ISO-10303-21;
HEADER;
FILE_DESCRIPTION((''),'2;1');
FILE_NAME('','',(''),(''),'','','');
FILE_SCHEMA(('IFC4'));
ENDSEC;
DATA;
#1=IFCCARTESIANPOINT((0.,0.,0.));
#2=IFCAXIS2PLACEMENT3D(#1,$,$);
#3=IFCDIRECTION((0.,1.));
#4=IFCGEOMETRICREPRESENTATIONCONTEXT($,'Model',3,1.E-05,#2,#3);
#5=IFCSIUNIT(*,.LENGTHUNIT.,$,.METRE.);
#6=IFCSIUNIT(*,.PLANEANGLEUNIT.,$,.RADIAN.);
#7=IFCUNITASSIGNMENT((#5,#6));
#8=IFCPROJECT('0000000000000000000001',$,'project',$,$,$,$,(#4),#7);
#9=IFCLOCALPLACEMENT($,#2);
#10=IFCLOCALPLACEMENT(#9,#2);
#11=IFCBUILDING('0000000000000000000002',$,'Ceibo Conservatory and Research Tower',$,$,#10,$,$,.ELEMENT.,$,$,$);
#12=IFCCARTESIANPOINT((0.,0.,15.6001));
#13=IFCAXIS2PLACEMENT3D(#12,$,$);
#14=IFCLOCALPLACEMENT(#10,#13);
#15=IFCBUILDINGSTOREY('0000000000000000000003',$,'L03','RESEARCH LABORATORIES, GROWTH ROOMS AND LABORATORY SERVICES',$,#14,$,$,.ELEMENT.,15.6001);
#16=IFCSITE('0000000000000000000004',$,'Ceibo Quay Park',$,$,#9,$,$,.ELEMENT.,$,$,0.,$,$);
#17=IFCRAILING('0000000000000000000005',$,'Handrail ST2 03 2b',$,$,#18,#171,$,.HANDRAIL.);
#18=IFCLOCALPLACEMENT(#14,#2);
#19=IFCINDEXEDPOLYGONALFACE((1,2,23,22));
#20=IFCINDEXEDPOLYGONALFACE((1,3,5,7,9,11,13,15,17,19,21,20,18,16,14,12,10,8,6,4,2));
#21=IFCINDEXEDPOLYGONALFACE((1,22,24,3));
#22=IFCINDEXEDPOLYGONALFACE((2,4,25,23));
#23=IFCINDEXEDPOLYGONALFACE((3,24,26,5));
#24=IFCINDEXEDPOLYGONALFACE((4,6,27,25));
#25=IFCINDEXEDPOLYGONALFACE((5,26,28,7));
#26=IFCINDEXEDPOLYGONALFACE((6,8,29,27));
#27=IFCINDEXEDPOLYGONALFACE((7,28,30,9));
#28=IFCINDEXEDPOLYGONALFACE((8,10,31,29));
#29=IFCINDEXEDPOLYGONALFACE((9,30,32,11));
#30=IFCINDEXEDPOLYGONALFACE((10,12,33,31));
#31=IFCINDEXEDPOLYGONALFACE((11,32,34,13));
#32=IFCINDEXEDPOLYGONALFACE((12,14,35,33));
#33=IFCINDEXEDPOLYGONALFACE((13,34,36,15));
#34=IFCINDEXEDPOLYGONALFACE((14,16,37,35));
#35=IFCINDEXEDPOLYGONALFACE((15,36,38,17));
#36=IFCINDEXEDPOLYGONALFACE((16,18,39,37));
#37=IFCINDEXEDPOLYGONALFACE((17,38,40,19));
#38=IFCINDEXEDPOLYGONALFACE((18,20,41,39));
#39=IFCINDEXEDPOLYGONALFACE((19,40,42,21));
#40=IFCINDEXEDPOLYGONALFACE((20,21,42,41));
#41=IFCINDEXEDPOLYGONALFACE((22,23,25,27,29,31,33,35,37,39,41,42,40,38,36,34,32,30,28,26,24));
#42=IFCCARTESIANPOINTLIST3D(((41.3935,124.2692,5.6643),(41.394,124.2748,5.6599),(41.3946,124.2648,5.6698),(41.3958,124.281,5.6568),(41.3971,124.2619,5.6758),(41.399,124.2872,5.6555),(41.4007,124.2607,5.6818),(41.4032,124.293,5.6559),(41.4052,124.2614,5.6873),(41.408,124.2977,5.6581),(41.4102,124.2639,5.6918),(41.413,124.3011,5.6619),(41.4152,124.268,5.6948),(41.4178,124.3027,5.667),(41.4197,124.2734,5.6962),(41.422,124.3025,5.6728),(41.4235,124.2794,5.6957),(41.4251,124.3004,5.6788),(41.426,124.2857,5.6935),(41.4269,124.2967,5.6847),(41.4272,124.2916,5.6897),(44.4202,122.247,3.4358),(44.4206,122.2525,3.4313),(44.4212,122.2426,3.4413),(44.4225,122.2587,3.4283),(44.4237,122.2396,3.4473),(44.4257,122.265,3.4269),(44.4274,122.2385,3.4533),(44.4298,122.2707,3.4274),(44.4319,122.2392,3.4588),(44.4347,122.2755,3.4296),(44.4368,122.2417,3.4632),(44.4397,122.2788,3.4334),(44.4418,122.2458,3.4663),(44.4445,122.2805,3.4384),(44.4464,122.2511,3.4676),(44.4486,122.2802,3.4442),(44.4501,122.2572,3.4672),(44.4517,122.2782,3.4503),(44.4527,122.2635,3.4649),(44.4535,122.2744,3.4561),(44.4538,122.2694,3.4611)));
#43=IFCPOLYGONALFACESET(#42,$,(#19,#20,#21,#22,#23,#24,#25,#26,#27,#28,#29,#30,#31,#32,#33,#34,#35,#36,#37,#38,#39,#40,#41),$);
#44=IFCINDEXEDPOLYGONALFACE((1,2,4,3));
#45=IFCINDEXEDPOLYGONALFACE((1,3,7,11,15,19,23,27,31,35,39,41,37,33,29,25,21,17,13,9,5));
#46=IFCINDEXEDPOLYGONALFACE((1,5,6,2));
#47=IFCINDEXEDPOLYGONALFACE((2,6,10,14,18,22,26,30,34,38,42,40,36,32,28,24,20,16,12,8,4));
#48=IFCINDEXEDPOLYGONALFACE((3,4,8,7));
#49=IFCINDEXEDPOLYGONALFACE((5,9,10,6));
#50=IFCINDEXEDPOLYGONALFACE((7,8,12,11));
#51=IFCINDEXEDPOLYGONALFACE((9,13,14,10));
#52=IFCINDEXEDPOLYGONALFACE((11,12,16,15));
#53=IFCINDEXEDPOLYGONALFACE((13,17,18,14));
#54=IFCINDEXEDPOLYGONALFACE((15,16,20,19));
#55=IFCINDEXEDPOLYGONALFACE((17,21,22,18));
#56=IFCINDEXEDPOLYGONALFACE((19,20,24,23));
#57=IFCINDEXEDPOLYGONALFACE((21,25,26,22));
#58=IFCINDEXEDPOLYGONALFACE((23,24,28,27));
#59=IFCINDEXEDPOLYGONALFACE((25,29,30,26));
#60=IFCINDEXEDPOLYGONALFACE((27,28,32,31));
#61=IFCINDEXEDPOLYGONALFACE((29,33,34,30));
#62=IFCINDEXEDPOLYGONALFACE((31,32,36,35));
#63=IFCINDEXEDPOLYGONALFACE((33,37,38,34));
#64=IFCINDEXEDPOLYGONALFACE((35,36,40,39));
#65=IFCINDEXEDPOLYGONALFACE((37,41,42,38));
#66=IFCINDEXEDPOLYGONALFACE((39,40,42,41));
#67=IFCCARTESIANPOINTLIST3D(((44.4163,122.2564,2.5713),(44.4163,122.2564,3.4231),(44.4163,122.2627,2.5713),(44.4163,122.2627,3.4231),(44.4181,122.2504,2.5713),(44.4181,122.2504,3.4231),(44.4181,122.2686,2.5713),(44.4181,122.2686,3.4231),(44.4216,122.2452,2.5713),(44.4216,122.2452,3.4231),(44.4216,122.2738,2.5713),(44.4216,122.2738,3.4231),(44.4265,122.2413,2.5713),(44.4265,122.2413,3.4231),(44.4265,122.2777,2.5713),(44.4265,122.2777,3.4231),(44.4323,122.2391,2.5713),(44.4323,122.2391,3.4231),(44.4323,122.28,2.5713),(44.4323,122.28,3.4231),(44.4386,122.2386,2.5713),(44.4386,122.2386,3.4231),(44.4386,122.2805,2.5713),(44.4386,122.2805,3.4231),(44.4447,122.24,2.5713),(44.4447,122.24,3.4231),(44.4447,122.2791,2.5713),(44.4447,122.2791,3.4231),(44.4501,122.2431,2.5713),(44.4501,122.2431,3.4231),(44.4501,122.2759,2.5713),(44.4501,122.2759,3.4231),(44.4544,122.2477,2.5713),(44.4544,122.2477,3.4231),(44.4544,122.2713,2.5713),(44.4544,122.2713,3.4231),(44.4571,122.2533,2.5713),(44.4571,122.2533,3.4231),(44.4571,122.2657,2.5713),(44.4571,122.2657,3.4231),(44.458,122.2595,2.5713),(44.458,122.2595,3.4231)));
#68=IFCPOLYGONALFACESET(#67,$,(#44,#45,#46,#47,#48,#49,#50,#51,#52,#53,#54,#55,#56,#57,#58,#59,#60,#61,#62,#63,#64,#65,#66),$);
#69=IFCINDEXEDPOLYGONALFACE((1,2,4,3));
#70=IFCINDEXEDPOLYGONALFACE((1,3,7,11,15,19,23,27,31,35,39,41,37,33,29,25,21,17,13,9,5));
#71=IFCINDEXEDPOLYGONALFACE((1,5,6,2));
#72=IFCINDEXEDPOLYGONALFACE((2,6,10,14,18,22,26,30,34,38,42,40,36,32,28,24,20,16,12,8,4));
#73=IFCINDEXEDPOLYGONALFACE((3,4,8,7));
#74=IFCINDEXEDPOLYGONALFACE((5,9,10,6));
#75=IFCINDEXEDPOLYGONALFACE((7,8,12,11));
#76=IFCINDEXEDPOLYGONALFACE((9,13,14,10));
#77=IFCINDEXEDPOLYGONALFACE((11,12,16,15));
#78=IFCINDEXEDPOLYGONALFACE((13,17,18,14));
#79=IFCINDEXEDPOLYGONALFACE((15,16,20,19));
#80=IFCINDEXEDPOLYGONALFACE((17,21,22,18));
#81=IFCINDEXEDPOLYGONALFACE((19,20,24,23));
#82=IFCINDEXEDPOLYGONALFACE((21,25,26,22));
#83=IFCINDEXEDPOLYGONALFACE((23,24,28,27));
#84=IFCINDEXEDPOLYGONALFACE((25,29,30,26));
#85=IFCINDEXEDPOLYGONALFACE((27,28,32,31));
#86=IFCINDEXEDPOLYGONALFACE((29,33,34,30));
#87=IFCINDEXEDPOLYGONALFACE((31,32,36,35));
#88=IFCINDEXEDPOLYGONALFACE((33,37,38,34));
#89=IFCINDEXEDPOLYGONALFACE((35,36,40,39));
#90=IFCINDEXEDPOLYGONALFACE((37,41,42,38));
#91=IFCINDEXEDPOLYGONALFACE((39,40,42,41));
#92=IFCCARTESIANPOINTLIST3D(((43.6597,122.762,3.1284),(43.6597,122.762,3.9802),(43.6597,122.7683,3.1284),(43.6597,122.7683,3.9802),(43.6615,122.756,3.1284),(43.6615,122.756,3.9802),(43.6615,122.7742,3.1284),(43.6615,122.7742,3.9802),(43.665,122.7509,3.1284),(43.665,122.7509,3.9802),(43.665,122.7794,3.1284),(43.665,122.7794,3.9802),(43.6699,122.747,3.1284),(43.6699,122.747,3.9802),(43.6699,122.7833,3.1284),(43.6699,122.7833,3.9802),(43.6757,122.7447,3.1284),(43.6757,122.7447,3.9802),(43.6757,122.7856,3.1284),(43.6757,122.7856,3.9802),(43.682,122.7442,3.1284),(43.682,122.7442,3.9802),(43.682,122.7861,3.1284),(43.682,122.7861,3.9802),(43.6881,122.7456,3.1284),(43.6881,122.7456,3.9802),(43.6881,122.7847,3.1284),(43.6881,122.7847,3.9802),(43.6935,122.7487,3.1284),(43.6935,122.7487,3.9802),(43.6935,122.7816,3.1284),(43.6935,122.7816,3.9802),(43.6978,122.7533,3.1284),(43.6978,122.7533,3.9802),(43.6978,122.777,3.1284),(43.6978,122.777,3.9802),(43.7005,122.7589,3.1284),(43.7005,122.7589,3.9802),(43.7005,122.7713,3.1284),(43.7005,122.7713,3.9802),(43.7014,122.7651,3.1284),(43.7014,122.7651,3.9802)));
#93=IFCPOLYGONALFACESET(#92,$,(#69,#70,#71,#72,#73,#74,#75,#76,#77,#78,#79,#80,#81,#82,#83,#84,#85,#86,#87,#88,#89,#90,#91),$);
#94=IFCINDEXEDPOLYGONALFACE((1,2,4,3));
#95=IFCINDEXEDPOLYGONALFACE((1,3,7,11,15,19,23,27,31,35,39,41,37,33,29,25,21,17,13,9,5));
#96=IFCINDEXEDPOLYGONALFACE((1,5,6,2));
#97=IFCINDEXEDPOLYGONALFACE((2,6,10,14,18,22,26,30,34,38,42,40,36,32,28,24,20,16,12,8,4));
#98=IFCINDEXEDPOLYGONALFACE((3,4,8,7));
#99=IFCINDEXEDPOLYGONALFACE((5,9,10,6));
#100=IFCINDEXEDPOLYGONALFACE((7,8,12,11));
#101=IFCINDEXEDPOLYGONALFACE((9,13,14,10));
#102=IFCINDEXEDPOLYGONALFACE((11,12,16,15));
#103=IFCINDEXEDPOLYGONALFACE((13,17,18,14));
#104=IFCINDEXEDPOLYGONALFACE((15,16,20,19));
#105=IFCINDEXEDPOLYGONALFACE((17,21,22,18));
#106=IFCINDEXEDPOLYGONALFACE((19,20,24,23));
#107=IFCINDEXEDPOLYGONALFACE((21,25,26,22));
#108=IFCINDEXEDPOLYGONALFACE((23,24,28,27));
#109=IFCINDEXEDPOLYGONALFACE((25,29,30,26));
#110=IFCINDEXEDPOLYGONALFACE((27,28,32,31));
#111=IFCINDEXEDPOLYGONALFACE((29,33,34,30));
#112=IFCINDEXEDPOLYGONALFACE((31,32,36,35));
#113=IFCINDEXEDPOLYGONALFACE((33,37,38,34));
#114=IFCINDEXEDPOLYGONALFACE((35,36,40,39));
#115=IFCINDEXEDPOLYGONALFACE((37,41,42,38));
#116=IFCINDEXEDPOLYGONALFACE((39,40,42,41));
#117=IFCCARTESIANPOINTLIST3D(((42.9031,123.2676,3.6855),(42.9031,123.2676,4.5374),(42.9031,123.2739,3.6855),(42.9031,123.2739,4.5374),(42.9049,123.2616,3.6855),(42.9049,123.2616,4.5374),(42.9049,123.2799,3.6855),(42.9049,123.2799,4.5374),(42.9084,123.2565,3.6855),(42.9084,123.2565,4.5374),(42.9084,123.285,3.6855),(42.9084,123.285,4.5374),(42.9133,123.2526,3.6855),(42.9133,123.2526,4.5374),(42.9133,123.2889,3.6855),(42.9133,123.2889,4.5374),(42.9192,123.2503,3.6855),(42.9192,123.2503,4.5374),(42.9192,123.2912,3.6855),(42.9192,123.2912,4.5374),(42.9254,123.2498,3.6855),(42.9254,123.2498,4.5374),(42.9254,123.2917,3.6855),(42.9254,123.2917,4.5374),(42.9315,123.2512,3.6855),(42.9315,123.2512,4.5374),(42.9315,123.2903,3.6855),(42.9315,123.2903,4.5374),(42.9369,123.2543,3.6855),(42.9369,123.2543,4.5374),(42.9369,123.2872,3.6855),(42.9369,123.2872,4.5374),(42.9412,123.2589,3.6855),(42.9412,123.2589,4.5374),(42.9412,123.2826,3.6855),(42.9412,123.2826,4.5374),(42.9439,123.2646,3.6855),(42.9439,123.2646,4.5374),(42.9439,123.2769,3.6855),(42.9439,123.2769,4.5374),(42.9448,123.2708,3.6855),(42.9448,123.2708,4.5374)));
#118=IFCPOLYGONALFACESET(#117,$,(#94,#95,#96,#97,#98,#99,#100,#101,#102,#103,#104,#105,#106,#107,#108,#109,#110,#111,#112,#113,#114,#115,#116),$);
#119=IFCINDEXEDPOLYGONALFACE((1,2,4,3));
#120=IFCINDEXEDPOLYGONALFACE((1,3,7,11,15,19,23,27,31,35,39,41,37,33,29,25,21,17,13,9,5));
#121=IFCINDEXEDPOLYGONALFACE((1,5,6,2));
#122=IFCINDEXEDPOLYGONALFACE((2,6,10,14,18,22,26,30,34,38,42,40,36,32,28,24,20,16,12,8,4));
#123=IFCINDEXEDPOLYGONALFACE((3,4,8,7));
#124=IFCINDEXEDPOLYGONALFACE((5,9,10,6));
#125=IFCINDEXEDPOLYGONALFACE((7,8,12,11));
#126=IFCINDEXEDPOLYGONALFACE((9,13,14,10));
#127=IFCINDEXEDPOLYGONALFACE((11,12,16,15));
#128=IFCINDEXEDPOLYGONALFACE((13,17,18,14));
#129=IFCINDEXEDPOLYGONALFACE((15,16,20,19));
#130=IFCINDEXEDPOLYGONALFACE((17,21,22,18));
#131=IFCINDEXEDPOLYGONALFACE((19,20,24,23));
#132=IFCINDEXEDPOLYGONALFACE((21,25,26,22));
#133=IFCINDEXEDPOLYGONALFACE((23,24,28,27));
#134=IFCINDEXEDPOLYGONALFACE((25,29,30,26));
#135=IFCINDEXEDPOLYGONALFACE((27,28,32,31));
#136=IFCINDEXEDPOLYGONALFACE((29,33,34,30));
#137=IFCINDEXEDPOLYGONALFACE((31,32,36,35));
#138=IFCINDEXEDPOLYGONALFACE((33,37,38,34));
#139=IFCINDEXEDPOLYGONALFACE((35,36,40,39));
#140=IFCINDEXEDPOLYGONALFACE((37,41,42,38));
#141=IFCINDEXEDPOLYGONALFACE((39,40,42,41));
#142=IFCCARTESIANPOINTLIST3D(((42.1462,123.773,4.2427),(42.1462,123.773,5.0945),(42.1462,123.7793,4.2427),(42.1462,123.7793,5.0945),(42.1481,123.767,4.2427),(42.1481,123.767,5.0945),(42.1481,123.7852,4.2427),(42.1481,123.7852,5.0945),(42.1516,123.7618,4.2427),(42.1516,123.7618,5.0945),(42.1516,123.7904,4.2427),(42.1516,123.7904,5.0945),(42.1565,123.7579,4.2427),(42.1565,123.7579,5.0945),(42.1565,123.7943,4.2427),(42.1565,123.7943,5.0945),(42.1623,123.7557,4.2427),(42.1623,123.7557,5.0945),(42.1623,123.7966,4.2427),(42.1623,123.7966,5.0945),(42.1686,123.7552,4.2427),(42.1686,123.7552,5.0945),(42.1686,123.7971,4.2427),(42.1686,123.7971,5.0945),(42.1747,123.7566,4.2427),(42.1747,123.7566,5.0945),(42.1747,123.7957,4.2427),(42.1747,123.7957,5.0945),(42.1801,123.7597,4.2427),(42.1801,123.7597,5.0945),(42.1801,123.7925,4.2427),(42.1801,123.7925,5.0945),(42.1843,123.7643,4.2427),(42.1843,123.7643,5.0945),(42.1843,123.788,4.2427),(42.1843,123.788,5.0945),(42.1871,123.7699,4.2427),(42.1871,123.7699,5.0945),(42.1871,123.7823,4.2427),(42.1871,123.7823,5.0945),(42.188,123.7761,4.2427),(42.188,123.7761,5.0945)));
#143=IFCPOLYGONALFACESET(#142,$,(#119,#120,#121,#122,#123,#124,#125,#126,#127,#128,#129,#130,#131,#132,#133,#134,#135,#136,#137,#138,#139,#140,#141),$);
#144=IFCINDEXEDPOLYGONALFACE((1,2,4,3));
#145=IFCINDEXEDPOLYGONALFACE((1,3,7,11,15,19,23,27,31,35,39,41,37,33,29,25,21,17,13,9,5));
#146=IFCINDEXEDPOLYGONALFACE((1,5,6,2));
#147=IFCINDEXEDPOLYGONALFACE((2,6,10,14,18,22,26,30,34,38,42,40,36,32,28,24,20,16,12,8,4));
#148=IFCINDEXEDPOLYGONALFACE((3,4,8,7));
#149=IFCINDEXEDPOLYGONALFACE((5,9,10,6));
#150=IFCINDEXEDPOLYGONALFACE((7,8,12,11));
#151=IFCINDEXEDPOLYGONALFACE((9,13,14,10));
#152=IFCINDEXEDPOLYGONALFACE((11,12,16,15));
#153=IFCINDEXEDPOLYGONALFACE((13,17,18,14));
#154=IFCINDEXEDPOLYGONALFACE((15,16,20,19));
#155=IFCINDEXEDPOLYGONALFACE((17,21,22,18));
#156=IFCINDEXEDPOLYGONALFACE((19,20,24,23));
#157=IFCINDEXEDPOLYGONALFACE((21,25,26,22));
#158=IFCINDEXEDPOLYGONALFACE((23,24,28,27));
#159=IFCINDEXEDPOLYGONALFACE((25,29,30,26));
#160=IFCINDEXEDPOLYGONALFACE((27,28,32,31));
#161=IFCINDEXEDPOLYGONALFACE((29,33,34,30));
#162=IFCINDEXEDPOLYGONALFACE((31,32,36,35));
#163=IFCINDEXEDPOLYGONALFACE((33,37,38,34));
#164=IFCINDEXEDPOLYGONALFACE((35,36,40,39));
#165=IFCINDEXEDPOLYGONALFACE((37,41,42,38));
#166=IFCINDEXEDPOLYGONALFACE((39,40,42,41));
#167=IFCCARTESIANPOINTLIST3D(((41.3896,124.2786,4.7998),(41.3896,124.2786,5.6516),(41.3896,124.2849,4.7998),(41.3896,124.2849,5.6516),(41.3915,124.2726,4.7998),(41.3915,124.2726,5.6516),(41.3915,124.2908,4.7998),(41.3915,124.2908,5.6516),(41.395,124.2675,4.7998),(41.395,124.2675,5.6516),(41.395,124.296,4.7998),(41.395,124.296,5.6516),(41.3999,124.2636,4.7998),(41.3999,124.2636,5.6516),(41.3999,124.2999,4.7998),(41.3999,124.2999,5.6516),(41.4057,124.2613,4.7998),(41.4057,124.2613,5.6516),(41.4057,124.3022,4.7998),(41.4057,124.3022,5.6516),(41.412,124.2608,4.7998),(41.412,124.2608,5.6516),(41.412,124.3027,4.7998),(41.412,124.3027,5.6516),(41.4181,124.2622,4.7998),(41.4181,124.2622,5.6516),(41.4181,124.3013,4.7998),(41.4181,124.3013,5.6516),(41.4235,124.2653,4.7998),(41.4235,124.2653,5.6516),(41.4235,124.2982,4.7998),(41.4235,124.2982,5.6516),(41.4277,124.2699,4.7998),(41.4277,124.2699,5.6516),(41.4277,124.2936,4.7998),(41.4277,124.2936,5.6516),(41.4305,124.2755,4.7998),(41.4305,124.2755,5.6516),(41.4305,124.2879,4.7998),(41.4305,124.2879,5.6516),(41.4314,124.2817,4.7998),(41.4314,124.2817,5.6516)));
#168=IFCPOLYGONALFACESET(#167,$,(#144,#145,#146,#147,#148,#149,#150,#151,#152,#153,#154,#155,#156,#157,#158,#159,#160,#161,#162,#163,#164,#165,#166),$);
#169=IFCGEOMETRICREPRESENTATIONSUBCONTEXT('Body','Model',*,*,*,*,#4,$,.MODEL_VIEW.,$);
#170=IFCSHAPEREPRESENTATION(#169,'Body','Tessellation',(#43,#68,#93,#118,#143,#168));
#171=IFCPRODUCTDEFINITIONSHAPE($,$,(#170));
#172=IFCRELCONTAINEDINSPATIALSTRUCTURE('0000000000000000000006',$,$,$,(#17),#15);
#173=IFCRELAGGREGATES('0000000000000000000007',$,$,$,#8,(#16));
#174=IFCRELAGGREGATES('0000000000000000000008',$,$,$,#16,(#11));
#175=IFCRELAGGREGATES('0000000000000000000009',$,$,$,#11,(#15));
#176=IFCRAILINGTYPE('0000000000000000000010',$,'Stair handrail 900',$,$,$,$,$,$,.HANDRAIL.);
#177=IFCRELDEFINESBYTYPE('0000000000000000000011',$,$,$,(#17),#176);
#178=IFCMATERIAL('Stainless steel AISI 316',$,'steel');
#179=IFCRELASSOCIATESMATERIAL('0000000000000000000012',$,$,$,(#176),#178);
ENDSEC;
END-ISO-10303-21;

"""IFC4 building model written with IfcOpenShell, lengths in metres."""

from ifc_helpers import new_model, si_unit, direction, frame, origin, origin_2d, place, context, subcontext, project, spatial, circle, extrude, material, type_object, element, save


model = new_model("IFC4")

# Units and contexts
model_context = context("Model", 3, precision=1e-05, world=origin(), true_north=direction((0.0, 1.0)))
body_context = subcontext(model_context, "Body", "Model", "MODEL_VIEW")
ifc_project = project(units=[si_unit("LENGTHUNIT", "METRE"), si_unit("PLANEANGLEUNIT", "RADIAN")], contexts=[model_context])

# Site, building, storey
site_placement = place(None, origin())
site = spatial("IfcSite", under=ifc_project, at=site_placement, Name="Ceibo Quay Park", CompositionType="ELEMENT", RefElevation=0.0)
building_placement = place(site_placement, origin())
building = spatial("IfcBuilding", under=site, at=building_placement, Name="Ceibo Conservatory and Research Tower", CompositionType="ELEMENT")
storey_placement = place(building_placement, frame((0.0, 0.0, 15.6001)))
storey = spatial("IfcBuildingStorey", under=building, at=storey_placement, Name="L03", Description="RESEARCH LABORATORIES, GROWTH ROOMS AND LABORATORY SERVICES", CompositionType="ELEMENT", Elevation=15.6001)

# Shared definitions
ifc_material_1 = material(Name="Stainless steel AISI 316", Category="steel")

# Railing
railing_type = type_object("IfcRailingType", Name="Stair handrail 900", PredefinedType="HANDRAIL", material=ifc_material_1)
railing_1_placement = place(storey_placement, frame((44.437, 122.2595, 2.5713)))
element("IfcRailing", 1, at=railing_1_placement, inside=storey, type_object=railing_type, Name="Handrail ST2 03 2b", PredefinedType="HANDRAIL", context=body_context, shape_type="SweptSolid", body=[
    extrude(circle(Radius=0.0239, at=origin_2d()), frame((0.0, 0.0, 0.876), z_axis=(-0.709137, 0.473806, 0.522142), x_axis=(-0.555551, -0.831482, 0.0)), (0.0, 0.0, 1.0), 4.2681),
    extrude(circle(Radius=0.021, at=origin_2d()), origin(), (0.0, 0.0, 1.0), 0.8518),
    extrude(circle(Radius=0.021, at=origin_2d()), frame((-0.7566, 0.5056, 0.5571)), (0.0, 0.0, 1.0), 0.8518),
    extrude(circle(Radius=0.021, at=origin_2d()), frame((-1.5132, 1.0112, 1.1143)), (0.0, 0.0, 1.0), 0.8518),
    extrude(circle(Radius=0.021, at=origin_2d()), frame((-2.27, 1.5166, 1.6714)), (0.0, 0.0, 1.0), 0.8518),
    extrude(circle(Radius=0.021, at=origin_2d()), frame((-3.0266, 2.0222, 2.2285)), (0.0, 0.0, 1.0), 0.8518),
])

save(model, "model.ifc")
